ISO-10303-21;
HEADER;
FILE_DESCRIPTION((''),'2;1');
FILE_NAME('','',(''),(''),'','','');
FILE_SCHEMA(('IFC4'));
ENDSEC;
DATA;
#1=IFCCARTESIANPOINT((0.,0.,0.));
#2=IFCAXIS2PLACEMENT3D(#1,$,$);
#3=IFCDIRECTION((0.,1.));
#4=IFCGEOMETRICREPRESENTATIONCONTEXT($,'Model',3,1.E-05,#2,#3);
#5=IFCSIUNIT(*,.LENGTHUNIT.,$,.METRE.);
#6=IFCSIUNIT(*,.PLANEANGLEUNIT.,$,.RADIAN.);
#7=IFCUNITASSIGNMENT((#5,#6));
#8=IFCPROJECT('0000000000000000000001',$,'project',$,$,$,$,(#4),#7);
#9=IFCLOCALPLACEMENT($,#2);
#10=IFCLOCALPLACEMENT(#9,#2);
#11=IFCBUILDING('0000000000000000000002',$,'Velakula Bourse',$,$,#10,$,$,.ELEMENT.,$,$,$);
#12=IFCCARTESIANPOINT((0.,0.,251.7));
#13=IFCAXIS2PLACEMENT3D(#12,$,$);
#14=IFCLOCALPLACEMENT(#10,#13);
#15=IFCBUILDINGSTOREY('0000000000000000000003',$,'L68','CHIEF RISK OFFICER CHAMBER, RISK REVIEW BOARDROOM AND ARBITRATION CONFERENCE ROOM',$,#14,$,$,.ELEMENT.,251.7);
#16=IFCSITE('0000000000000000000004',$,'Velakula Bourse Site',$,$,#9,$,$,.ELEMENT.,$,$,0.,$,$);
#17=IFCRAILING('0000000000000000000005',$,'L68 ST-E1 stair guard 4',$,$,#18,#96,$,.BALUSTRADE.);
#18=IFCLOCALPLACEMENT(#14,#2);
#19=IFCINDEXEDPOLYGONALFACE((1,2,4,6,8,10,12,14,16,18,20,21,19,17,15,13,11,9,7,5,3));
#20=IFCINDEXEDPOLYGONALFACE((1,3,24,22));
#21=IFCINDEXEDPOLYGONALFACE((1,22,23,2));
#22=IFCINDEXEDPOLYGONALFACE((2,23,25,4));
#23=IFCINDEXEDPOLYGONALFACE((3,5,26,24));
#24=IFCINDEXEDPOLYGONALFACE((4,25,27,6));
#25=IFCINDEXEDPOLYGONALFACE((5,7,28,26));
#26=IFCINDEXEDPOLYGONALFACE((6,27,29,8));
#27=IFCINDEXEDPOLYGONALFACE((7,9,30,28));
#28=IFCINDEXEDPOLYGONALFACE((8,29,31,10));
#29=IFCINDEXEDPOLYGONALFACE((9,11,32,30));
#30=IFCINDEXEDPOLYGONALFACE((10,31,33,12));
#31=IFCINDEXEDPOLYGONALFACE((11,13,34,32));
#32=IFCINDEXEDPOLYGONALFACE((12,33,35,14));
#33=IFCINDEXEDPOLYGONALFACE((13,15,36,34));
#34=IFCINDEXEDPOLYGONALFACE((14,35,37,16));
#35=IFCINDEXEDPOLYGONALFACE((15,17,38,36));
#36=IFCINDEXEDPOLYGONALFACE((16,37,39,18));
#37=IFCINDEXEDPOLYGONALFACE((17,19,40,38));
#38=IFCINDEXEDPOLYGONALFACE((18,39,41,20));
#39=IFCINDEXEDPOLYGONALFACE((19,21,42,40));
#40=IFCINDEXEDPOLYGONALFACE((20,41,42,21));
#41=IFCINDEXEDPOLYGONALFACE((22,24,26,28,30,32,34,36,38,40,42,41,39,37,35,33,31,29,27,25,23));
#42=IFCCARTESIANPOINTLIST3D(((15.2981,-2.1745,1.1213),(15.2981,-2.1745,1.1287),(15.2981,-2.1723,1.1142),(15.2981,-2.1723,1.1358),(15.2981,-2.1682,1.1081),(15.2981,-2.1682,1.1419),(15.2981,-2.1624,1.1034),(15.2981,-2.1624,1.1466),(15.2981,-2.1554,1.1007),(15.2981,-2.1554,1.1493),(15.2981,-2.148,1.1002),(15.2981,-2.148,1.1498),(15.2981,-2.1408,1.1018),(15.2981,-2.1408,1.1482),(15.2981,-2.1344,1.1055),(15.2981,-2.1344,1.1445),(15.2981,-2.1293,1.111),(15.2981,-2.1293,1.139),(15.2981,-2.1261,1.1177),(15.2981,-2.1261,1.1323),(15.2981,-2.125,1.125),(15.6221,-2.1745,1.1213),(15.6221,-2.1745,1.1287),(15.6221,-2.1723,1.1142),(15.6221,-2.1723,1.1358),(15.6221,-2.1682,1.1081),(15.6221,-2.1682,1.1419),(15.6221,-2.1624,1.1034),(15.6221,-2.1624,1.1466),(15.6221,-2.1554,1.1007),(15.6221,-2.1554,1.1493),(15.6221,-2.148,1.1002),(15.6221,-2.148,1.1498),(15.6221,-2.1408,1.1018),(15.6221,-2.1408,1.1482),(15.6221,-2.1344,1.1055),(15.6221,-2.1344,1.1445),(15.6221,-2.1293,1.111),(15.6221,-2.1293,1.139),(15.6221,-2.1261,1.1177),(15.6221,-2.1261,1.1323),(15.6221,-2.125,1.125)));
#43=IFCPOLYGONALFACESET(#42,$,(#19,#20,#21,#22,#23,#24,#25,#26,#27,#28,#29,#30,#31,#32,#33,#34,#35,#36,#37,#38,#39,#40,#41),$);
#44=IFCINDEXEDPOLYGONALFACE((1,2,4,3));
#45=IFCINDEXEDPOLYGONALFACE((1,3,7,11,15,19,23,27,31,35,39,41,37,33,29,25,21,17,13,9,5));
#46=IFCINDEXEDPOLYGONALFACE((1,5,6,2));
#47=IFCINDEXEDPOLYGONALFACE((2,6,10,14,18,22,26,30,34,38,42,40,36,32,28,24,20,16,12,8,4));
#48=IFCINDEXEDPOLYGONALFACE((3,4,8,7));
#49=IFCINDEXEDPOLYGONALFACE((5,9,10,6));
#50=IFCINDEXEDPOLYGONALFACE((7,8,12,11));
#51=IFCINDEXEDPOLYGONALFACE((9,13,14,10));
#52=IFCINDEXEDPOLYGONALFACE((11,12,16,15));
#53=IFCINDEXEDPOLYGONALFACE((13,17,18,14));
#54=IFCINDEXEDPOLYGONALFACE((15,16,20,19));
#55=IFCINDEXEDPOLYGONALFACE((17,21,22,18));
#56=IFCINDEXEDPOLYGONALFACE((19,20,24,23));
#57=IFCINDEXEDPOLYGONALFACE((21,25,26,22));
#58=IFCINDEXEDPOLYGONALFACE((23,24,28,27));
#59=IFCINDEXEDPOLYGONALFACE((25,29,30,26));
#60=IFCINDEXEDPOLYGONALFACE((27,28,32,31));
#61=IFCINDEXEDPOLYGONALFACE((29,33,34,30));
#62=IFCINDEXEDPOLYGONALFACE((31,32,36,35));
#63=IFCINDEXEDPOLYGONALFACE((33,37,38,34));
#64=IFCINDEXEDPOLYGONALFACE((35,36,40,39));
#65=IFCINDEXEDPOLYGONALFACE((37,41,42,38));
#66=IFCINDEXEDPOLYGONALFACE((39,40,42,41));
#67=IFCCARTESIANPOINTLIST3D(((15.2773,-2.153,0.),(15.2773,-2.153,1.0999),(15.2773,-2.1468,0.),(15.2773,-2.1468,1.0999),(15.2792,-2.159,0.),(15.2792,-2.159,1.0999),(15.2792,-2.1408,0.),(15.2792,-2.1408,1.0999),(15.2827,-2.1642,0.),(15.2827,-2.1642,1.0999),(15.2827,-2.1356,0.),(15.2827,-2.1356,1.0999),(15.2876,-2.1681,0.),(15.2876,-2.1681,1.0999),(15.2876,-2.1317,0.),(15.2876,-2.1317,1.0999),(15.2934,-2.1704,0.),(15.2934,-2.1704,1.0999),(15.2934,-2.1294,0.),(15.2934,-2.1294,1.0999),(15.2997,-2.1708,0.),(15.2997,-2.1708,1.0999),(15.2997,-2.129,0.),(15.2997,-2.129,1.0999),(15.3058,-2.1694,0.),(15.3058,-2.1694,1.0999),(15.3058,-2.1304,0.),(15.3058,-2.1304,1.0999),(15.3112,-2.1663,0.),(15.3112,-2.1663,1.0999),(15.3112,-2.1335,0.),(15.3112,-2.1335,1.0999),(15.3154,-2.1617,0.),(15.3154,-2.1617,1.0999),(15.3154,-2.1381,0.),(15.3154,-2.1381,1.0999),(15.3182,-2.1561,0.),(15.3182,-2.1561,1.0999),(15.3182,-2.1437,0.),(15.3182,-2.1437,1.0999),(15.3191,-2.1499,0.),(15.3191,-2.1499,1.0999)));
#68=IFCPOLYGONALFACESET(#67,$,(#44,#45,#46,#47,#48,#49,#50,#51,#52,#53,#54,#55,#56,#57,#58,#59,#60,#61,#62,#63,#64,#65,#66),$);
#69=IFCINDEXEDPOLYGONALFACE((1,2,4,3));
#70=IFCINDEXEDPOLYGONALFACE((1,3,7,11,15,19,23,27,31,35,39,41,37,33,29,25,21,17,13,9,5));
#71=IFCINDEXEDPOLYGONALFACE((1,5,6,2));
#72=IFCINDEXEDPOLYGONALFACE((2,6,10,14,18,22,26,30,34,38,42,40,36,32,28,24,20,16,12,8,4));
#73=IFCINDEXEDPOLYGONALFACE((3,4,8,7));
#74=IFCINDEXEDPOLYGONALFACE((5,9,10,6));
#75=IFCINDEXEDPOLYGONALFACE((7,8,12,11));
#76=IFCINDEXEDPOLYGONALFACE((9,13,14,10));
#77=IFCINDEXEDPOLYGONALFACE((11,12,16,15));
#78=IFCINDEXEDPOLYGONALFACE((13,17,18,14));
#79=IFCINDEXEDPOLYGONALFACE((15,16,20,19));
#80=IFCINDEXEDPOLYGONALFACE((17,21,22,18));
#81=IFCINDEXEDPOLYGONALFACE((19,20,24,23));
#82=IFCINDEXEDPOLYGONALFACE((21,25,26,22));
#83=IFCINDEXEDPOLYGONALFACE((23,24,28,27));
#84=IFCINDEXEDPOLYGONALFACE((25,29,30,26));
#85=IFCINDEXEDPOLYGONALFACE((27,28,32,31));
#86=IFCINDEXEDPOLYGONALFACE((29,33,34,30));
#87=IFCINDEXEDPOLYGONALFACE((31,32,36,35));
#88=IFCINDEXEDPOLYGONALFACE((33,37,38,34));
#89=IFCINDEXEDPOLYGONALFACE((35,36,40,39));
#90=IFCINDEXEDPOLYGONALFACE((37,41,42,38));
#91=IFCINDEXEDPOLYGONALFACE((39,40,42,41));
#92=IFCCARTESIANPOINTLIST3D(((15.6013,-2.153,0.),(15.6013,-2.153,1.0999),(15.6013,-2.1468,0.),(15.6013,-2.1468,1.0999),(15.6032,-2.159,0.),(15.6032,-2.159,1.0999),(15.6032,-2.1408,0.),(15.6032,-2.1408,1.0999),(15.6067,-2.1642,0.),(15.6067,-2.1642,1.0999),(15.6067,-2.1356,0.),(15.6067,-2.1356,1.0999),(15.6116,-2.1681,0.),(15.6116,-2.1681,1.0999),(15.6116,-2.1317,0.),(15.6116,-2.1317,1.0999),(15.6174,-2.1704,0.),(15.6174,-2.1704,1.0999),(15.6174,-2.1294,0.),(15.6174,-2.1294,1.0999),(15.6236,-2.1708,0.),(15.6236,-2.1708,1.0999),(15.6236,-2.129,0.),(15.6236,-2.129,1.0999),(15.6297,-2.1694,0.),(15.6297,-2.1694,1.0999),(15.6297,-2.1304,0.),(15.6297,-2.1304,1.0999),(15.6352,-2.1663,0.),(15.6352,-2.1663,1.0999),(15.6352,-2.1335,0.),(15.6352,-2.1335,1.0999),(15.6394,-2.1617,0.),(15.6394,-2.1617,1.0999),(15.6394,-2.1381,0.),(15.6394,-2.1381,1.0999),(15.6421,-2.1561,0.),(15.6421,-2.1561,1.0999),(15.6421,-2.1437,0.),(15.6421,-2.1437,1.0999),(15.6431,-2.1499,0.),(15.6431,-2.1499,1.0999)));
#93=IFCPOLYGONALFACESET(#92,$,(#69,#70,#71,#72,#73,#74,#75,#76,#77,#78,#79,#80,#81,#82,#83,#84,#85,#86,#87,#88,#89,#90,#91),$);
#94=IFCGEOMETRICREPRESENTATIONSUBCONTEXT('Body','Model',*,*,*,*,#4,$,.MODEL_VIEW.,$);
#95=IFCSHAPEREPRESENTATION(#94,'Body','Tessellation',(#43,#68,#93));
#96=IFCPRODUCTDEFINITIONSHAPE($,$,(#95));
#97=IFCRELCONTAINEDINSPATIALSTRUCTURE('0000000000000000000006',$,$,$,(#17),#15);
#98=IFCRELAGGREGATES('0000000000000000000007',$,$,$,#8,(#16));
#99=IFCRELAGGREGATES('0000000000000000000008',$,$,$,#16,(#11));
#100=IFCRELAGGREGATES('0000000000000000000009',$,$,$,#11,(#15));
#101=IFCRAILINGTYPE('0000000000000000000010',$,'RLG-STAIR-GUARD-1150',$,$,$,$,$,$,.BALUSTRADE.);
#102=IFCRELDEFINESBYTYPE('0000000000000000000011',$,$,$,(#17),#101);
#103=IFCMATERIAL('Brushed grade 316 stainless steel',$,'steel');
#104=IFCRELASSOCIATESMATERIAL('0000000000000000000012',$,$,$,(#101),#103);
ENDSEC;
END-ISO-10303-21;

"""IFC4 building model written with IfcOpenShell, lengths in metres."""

from ifc_helpers import new_model, si_unit, direction, frame, origin, origin_2d, place, context, subcontext, project, spatial, circle, extrude, material, type_object, element, save


model = new_model("IFC4")

# Units and contexts
model_context = context("Model", 3, precision=1e-05, world=origin(), true_north=direction((0.0, 1.0)))
body_context = subcontext(model_context, "Body", "Model", "MODEL_VIEW")
ifc_project = project(units=[si_unit("LENGTHUNIT", "METRE"), si_unit("PLANEANGLEUNIT", "RADIAN")], contexts=[model_context])

# Site, building, storey
site_placement = place(None, origin())
site = spatial("IfcSite", under=ifc_project, at=site_placement, Name="Velakula Bourse Site", CompositionType="ELEMENT", RefElevation=0.0)
building_placement = place(site_placement, origin())
building = spatial("IfcBuilding", under=site, at=building_placement, Name="Velakula Bourse", CompositionType="ELEMENT")
storey_placement = place(building_placement, frame((0.0, 0.0, 251.7)))
storey = spatial("IfcBuildingStorey", under=building, at=storey_placement, Name="L68", Description="CHIEF RISK OFFICER CHAMBER, RISK REVIEW BOARDROOM AND ARBITRATION CONFERENCE ROOM", CompositionType="ELEMENT", Elevation=251.7)

# Railing
ifc_material_1 = material(Name="Brushed grade 316 stainless steel", Category="steel")
railing_type_1 = type_object("IfcRailingType", Name="RLG-STAIR-GUARD-1150", PredefinedType="BALUSTRADE", material=ifc_material_1)
railing_1_placement = place(storey_placement, frame((15.2981, -2.1499, 0.0)))
element("IfcRailing", 1, at=railing_1_placement, inside=storey, type_object=railing_type_1, Name="L68 ST-E1 stair guard 4", PredefinedType="BALUSTRADE", context=body_context, shape_type="SweptSolid", body=[
    extrude(circle(Radius=0.0249, at=origin_2d()), frame((0.0, 0.0, 1.125), z_axis=(1.0, 0.0, 0.0), x_axis=(0.0, 1.0, 0.0)), (0.0, 0.0, 1.0), 0.324),
    extrude(circle(Radius=0.021, at=origin_2d()), origin(), (0.0, 0.0, 1.0), 1.0999),
    extrude(circle(Radius=0.021, at=origin_2d()), frame((0.324, 0.0, 0.0)), (0.0, 0.0, 1.0), 1.0999),
])

save(model, "model.ifc")
